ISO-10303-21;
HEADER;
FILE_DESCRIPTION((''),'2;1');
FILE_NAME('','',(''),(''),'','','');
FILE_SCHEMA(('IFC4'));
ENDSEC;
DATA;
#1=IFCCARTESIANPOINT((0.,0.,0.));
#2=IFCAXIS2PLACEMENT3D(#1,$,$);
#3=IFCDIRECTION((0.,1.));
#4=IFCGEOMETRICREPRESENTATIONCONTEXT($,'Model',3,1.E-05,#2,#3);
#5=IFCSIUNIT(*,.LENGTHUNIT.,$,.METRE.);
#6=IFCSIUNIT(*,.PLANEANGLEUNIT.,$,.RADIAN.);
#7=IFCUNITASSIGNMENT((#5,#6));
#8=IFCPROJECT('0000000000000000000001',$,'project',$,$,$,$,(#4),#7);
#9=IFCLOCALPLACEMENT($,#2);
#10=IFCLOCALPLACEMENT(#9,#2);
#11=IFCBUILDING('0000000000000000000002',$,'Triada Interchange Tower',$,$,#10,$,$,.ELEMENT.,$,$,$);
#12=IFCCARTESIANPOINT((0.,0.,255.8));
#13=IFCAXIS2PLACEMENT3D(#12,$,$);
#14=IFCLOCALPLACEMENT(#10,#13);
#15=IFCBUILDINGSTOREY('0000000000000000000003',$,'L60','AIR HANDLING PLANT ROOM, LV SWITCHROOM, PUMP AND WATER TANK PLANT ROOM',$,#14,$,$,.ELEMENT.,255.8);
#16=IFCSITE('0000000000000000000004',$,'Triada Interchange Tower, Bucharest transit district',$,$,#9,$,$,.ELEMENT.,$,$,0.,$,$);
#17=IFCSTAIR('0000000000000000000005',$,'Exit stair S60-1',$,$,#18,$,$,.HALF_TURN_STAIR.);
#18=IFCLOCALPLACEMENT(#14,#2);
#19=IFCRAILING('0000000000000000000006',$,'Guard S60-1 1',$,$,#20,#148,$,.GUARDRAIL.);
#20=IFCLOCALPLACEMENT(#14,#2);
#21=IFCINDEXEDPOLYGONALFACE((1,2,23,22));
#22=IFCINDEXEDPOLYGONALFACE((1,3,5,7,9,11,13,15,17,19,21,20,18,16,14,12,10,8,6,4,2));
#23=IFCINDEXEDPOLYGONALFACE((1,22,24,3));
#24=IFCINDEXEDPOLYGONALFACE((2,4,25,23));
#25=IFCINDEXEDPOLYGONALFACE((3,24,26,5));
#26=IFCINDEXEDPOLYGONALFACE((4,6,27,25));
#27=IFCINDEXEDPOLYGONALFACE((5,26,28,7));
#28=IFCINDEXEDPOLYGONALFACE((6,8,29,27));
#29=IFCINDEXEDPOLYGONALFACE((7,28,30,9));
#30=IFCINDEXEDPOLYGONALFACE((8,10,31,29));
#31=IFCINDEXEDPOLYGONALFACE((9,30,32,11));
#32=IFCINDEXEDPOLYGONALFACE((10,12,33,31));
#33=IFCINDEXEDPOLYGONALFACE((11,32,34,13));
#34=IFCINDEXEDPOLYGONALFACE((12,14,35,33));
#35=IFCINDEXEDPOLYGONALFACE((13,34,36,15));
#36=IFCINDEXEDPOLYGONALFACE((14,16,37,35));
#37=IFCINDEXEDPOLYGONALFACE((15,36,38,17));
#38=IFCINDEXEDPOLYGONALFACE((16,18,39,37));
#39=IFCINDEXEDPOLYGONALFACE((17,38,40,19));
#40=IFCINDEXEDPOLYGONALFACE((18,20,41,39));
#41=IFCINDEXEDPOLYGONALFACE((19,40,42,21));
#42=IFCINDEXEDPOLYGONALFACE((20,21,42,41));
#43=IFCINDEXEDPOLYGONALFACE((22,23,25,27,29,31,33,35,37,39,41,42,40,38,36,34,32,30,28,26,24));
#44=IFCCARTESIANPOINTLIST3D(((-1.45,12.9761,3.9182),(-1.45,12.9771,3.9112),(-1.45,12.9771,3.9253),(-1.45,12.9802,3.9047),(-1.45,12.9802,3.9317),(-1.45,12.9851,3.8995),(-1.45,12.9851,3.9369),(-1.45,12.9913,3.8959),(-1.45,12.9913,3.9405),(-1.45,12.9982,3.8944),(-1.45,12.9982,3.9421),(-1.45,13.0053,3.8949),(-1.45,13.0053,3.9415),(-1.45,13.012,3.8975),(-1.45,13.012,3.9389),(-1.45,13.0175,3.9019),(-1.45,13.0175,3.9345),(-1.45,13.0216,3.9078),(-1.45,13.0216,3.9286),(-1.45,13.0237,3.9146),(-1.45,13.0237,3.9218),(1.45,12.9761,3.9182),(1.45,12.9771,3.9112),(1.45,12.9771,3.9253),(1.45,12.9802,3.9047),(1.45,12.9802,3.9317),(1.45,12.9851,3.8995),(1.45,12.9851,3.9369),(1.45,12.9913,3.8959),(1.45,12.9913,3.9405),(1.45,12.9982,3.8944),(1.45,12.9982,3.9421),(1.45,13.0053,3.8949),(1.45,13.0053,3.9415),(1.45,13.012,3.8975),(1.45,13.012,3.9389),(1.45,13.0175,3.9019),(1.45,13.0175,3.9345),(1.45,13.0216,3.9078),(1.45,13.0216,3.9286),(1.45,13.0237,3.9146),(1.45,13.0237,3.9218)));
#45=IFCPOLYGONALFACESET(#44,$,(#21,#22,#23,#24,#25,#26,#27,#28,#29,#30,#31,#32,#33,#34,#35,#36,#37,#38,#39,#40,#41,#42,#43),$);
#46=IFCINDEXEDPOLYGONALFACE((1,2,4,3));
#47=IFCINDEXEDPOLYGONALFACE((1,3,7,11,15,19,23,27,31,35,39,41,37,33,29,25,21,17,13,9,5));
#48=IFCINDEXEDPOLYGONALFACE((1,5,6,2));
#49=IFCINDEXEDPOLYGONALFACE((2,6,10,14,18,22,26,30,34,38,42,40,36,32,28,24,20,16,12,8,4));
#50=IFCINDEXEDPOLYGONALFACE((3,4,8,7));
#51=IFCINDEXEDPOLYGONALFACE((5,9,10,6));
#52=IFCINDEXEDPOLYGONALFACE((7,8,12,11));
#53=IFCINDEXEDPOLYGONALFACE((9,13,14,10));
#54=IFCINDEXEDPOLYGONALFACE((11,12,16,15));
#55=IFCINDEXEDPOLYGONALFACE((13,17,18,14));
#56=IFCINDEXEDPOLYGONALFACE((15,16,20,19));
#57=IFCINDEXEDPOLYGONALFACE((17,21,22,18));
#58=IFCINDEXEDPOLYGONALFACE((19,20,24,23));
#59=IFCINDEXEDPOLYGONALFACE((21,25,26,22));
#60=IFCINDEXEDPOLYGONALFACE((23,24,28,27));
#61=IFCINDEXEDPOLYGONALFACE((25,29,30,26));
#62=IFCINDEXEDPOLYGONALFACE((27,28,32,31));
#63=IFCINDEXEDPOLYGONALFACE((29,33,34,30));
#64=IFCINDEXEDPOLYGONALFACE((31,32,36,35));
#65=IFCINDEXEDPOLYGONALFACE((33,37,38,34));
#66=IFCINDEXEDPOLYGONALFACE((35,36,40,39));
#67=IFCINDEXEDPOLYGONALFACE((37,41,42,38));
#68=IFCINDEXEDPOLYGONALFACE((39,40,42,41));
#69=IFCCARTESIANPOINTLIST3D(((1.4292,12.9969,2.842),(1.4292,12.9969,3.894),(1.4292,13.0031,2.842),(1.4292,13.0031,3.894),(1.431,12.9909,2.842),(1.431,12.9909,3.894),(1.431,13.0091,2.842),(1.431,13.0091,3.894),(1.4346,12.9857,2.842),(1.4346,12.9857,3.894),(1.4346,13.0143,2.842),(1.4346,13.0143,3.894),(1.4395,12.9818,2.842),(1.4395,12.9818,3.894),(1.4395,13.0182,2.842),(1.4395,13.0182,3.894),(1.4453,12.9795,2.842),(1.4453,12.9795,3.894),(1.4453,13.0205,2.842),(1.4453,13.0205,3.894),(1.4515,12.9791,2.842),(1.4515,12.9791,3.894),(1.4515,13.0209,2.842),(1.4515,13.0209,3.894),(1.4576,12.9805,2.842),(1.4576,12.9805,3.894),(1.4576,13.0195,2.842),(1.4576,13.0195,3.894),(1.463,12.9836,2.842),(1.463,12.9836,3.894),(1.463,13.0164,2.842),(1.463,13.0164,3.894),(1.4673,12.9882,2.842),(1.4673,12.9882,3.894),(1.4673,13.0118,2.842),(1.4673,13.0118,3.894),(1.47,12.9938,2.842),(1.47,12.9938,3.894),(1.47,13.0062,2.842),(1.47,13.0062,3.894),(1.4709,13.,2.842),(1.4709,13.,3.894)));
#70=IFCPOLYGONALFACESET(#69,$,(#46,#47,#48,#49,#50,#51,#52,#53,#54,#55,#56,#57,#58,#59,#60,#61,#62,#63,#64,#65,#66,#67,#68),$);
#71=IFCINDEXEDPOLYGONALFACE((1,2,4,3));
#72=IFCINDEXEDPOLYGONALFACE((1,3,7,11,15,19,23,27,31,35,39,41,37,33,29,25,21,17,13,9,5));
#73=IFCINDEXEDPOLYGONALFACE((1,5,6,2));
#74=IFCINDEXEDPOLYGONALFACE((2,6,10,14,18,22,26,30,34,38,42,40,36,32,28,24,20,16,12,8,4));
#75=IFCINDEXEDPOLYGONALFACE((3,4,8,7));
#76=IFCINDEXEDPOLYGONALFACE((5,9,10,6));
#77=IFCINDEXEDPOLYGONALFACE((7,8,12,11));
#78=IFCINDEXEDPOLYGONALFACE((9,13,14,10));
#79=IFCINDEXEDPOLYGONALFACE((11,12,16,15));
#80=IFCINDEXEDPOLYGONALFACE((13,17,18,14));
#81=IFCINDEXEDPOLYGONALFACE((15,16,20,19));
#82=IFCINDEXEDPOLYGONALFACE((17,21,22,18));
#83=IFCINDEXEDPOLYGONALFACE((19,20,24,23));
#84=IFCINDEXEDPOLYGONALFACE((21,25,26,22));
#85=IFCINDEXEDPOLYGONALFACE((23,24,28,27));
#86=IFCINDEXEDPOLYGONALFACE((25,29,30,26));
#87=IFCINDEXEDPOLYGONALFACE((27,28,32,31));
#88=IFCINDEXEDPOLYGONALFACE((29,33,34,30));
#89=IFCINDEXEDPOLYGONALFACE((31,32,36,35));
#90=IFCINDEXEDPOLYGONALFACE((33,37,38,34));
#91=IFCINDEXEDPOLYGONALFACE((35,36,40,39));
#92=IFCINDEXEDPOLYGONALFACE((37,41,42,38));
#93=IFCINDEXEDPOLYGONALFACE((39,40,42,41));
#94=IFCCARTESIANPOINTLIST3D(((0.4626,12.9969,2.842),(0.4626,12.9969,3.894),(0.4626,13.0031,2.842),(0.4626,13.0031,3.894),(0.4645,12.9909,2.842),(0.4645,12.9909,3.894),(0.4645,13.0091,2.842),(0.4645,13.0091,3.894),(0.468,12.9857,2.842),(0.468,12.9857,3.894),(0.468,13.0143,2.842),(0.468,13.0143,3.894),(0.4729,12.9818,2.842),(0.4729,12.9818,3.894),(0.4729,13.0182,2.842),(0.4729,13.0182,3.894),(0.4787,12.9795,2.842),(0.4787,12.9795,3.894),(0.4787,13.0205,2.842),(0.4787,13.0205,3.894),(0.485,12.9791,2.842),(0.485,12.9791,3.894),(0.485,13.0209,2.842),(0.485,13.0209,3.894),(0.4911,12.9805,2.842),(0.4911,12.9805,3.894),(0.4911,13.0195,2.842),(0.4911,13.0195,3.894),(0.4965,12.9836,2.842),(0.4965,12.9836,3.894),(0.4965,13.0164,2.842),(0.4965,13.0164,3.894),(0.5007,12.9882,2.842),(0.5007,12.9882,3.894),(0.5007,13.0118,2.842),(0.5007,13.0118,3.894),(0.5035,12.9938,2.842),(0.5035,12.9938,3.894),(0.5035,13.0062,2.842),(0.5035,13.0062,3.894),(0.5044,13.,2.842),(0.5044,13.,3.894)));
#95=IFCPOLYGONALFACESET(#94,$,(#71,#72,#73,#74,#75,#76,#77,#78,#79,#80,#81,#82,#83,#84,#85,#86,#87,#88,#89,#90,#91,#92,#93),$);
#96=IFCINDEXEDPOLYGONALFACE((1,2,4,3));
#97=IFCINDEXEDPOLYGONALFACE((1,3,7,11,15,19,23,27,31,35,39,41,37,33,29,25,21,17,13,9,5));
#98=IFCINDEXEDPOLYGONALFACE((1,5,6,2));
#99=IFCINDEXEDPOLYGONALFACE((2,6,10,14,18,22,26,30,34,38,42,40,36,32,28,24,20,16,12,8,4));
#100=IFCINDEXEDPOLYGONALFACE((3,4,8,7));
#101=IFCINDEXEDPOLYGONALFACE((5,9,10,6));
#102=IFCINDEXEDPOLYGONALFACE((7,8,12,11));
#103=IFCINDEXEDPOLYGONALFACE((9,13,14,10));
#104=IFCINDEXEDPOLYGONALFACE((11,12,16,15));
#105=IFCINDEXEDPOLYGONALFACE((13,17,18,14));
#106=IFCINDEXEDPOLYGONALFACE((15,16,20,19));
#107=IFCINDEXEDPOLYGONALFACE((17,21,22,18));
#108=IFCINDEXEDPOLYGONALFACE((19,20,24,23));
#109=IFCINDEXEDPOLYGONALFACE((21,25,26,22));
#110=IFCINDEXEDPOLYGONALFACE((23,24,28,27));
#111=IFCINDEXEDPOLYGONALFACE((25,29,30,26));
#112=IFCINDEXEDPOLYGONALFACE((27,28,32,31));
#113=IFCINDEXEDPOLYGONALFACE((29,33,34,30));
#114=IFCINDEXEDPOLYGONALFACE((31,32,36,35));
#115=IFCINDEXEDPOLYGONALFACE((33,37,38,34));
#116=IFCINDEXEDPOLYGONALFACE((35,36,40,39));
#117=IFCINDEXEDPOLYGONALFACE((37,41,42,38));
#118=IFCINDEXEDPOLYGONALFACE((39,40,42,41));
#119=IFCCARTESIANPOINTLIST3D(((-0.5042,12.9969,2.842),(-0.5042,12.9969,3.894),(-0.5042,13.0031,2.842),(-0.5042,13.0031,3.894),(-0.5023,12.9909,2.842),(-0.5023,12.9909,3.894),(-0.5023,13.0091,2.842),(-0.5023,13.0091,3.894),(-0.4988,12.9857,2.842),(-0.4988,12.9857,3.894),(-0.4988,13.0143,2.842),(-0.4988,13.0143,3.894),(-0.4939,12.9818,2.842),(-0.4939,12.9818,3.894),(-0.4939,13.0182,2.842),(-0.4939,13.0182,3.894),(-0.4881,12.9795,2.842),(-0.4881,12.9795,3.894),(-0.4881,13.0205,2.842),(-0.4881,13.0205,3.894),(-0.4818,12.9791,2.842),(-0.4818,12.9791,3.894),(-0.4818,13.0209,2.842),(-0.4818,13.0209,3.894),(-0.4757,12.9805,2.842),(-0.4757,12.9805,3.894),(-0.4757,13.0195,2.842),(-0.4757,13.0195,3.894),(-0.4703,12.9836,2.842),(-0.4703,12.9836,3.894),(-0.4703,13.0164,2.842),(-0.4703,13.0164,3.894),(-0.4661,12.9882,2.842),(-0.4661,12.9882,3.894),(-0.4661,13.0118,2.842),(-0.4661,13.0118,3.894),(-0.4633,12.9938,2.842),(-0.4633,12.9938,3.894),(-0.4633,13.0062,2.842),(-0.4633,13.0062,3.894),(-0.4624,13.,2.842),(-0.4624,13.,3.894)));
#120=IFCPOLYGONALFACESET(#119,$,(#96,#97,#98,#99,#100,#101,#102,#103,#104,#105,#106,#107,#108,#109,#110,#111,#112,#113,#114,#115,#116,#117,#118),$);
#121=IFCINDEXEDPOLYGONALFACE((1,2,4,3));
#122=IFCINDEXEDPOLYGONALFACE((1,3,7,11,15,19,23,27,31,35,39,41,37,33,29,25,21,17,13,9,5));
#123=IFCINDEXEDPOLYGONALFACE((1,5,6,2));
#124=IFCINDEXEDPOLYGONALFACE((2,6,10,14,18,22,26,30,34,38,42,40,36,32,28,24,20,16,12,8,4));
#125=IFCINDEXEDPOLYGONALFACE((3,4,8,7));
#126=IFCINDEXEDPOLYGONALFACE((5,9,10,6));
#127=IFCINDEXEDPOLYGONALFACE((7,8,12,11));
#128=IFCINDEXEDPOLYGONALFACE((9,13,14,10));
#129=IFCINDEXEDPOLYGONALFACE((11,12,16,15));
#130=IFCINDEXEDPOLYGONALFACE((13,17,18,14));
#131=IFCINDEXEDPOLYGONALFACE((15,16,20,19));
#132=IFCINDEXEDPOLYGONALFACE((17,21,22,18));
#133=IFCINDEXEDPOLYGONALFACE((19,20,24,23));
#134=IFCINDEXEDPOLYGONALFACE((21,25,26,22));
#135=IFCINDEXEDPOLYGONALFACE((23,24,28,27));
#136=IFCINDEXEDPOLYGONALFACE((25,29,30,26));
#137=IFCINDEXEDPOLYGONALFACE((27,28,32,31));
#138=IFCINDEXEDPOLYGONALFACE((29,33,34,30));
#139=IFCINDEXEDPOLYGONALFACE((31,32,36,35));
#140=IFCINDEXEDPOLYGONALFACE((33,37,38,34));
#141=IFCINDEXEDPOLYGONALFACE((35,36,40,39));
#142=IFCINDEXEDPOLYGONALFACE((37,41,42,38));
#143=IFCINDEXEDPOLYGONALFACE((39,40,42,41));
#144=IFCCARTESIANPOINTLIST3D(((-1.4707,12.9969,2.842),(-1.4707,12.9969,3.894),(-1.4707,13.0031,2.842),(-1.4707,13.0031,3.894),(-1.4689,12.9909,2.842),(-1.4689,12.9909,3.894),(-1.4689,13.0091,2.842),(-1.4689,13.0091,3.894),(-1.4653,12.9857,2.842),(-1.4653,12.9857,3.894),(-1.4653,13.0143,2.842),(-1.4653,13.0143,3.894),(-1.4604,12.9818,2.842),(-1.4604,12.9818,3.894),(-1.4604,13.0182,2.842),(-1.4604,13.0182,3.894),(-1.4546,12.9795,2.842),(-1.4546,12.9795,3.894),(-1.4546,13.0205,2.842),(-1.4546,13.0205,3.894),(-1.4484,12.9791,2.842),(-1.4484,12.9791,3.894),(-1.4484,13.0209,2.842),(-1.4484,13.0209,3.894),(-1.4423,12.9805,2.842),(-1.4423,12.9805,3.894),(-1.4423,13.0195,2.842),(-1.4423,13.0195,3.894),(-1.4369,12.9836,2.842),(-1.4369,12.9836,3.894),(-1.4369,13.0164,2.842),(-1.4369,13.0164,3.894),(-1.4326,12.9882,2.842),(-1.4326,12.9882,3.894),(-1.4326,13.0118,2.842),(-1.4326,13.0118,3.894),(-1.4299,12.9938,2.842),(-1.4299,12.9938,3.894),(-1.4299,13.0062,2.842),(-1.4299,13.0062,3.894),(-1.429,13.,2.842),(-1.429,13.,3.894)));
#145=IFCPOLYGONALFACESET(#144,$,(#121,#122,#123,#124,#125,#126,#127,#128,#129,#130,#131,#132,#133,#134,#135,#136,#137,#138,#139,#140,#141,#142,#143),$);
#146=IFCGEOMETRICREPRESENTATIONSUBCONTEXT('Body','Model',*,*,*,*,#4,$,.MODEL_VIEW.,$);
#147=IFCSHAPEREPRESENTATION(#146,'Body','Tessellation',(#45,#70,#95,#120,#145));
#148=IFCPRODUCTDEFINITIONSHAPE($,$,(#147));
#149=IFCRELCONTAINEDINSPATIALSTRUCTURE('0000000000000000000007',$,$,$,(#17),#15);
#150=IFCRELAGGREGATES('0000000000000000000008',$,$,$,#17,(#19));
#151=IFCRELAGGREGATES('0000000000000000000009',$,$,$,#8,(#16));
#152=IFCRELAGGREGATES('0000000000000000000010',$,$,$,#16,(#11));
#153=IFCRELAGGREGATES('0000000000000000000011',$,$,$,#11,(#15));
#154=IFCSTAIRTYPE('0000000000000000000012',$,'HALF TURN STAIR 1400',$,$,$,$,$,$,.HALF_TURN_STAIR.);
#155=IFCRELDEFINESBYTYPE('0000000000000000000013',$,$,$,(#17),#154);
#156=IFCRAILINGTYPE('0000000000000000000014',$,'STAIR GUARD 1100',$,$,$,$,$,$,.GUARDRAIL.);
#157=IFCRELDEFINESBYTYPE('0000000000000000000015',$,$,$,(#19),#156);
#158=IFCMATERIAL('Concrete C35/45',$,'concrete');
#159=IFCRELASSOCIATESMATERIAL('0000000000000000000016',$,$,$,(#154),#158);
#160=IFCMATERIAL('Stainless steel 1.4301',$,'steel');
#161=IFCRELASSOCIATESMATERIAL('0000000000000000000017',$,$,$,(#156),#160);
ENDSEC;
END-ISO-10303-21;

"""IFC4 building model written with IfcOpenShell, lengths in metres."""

from ifc_helpers import new_model, si_unit, direction, frame, origin, origin_2d, place, context, subcontext, project, spatial, circle, extrude, material, type_object, element, aggregate, save


model = new_model("IFC4")

# Units and contexts
model_context = context("Model", 3, precision=1e-05, world=origin(), true_north=direction((0.0, 1.0)))
body_context = subcontext(model_context, "Body", "Model", "MODEL_VIEW")
ifc_project = project(units=[si_unit("LENGTHUNIT", "METRE"), si_unit("PLANEANGLEUNIT", "RADIAN")], contexts=[model_context])

# Site, building, storey
site_placement = place(None, origin())
site = spatial("IfcSite", under=ifc_project, at=site_placement, Name="Triada Interchange Tower, Bucharest transit district", CompositionType="ELEMENT", RefElevation=0.0)
building_placement = place(site_placement, origin())
building = spatial("IfcBuilding", under=site, at=building_placement, Name="Triada Interchange Tower", CompositionType="ELEMENT")
storey_placement = place(building_placement, frame((0.0, 0.0, 255.8)))
storey = spatial("IfcBuildingStorey", under=building, at=storey_placement, Name="L60", Description="AIR HANDLING PLANT ROOM, LV SWITCHROOM, PUMP AND WATER TANK PLANT ROOM", CompositionType="ELEMENT", Elevation=255.8)

# Shared definitions
ifc_material_1 = material(Name="Concrete C35/45", Category="concrete")

# Stair, railing
stair_type = type_object("IfcStairType", Name="HALF TURN STAIR 1400", PredefinedType="HALF_TURN_STAIR", material=ifc_material_1)
stair_placement = place(storey_placement, origin())
stair = element("IfcStair", 1, at=stair_placement, inside=storey, type_object=stair_type, Name="Exit stair S60-1", PredefinedType="HALF_TURN_STAIR")
ifc_material_2 = material(Name="Stainless steel 1.4301", Category="steel")
railing_type_1 = type_object("IfcRailingType", Name="STAIR GUARD 1100", PredefinedType="GUARDRAIL", material=ifc_material_2)
railing_1_placement = place(storey_placement, frame((1.45, 13.0, 2.842)))
railing_1 = element("IfcRailing", 2, at=railing_1_placement, type_object=railing_type_1, Name="Guard S60-1 1", PredefinedType="GUARDRAIL", context=body_context, shape_type="SweptSolid", body=[
    extrude(circle(Radius=0.0239, at=origin_2d()), frame((0.0, 0.0, 1.0762), z_axis=(-1.0, 0.0, 0.0), x_axis=(0.0, -1.0, 0.0)), (0.0, 0.0, 1.0), 2.8999),
    extrude(circle(Radius=0.021, at=origin_2d()), origin(), (0.0, 0.0, 1.0), 1.052),
    extrude(circle(Radius=0.021, at=origin_2d()), frame((-0.9666, 0.0, 0.0)), (0.0, 0.0, 1.0), 1.052),
    extrude(circle(Radius=0.021, at=origin_2d()), frame((-1.9333, 0.0, 0.0)), (0.0, 0.0, 1.0), 1.052),
    extrude(circle(Radius=0.021, at=origin_2d()), frame((-2.8999, 0.0, 0.0)), (0.0, 0.0, 1.0), 1.052),
])
aggregate(stair, [railing_1])

save(model, "model.ifc")
